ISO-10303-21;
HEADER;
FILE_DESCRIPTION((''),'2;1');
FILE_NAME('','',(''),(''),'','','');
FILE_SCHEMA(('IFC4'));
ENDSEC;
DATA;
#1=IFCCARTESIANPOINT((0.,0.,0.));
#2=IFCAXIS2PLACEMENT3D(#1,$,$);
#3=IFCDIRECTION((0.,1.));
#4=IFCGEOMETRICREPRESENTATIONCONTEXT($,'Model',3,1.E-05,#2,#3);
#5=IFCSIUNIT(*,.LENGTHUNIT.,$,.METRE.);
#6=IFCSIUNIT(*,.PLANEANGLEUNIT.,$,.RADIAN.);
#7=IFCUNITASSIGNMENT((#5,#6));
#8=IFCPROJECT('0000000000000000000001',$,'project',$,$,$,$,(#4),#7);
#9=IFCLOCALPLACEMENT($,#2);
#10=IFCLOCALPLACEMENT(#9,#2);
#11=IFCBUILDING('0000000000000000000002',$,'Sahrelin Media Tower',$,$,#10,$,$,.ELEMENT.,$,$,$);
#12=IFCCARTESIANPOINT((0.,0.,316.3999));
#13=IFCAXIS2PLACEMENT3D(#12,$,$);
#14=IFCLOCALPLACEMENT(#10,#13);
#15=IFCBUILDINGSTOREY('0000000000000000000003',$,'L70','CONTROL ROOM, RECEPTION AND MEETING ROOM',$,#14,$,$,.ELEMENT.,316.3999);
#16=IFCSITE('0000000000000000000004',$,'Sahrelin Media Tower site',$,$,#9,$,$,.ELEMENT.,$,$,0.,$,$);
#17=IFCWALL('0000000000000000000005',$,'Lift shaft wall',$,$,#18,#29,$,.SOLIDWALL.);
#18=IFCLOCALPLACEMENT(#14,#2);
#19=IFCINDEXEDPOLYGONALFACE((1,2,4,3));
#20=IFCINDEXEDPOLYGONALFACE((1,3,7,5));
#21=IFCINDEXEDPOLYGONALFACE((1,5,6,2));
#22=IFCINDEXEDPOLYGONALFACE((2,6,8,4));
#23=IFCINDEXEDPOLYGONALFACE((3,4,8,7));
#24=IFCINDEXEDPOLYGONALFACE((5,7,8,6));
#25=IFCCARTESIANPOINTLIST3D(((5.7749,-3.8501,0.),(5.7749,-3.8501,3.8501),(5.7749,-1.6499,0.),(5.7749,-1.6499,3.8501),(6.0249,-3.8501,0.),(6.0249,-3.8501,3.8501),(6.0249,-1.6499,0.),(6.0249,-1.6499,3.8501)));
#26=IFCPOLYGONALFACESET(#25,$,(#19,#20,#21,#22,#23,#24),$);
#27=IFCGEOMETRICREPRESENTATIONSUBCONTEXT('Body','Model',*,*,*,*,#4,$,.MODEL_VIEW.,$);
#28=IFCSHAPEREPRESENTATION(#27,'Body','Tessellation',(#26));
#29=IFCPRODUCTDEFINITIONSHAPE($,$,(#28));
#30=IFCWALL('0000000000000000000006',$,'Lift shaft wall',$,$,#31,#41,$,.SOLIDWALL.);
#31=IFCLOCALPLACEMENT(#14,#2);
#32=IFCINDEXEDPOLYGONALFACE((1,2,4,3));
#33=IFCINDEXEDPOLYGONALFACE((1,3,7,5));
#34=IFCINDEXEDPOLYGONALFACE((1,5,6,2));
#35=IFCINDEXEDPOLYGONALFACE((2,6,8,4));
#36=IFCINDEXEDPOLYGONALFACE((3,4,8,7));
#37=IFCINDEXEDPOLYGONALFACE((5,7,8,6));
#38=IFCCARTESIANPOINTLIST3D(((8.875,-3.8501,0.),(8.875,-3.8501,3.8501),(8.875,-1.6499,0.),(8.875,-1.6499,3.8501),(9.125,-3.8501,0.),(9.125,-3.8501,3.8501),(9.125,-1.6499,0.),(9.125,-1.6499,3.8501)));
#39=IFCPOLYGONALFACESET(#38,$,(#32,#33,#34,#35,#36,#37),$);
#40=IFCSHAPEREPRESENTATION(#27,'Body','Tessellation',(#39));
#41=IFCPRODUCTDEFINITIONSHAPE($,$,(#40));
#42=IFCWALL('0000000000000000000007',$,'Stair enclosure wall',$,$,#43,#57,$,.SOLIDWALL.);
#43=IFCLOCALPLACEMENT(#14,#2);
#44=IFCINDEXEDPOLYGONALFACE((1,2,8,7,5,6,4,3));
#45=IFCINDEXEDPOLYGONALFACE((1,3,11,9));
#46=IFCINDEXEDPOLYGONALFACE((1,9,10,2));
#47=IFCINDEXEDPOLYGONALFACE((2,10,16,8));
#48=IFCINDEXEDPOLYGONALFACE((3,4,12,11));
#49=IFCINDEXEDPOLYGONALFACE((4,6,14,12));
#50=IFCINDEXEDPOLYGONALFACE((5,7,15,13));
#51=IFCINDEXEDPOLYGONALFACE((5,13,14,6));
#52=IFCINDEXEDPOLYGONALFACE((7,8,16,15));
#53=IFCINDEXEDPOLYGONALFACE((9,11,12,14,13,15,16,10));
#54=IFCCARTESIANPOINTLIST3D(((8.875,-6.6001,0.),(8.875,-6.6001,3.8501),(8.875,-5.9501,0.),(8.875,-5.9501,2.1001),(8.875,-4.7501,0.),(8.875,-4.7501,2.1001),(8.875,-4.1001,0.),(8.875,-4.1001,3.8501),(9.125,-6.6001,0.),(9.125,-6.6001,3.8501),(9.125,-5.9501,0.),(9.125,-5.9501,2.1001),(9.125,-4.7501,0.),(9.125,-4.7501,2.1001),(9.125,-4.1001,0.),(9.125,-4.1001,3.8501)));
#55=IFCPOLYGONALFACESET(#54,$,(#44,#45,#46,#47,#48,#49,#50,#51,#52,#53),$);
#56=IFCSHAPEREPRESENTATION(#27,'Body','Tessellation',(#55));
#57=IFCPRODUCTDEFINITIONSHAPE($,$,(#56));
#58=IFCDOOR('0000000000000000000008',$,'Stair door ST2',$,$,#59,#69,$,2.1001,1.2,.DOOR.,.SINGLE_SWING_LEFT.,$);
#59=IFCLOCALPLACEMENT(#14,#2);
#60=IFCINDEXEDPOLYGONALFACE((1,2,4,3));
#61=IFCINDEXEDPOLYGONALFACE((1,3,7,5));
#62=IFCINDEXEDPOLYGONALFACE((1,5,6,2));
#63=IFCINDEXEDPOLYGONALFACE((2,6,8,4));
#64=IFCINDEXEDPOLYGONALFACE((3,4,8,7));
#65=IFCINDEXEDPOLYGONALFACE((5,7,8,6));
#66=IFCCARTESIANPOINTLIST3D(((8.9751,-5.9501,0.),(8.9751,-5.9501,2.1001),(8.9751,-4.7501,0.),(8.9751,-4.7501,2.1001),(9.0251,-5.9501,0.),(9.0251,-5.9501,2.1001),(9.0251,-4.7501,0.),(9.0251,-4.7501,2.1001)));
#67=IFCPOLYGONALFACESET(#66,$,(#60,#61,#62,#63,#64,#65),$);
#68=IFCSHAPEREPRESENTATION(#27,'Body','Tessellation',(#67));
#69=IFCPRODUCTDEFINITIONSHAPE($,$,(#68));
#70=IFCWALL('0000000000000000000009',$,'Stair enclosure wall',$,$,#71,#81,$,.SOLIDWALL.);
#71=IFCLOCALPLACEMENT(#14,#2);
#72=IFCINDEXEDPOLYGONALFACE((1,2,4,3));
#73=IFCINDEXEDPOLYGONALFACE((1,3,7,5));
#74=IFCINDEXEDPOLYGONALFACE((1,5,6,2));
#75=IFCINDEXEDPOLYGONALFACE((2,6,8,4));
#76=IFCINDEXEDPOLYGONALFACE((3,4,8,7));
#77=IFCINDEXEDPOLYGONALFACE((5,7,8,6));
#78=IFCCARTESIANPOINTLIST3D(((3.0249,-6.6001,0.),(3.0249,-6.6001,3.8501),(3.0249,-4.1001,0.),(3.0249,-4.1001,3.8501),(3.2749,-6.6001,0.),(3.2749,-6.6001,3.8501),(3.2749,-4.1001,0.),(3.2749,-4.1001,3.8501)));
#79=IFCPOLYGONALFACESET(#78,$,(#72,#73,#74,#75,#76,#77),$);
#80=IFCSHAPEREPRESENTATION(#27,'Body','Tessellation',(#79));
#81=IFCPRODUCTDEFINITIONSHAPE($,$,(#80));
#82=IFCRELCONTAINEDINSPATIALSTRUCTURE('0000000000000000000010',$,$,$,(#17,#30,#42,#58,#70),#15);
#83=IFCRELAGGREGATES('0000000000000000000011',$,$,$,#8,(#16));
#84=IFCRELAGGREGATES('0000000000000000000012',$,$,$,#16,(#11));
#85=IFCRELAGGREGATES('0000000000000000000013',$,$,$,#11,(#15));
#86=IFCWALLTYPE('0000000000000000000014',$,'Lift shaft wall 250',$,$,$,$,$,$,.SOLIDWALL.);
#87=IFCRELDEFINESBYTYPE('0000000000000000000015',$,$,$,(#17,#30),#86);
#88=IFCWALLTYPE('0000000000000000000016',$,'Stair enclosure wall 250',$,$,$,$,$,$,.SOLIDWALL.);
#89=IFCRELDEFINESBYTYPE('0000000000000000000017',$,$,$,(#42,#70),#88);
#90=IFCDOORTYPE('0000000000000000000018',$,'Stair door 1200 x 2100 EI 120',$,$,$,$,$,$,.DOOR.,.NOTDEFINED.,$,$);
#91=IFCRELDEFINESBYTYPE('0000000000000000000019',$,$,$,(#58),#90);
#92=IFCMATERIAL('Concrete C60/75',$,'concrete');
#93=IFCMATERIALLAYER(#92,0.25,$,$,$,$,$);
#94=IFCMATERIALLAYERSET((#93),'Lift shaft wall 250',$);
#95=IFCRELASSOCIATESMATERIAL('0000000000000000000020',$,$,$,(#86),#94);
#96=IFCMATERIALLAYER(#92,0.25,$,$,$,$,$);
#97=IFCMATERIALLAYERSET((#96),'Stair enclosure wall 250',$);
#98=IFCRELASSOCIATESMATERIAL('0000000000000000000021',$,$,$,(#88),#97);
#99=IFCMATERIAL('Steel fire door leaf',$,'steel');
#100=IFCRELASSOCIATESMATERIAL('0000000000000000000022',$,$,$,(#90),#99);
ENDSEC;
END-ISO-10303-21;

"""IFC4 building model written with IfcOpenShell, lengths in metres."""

from ifc_helpers import new_model, si_unit, direction, frame, frame_2d, origin, place, context, subcontext, project, spatial, rectangle, extrude, material, layer, layer_set, type_object, element, fill, save


model = new_model("IFC4")

# Units and contexts
model_context = context("Model", 3, precision=1e-05, world=origin(), true_north=direction((0.0, 1.0)))
body_context = subcontext(model_context, "Body", "Model", "MODEL_VIEW")
ifc_project = project(units=[si_unit("LENGTHUNIT", "METRE"), si_unit("PLANEANGLEUNIT", "RADIAN")], contexts=[model_context])

# Site, building, storey
site_placement = place(None, origin())
site = spatial("IfcSite", under=ifc_project, at=site_placement, Name="Sahrelin Media Tower site", CompositionType="ELEMENT", RefElevation=0.0)
building_placement = place(site_placement, origin())
building = spatial("IfcBuilding", under=site, at=building_placement, Name="Sahrelin Media Tower", CompositionType="ELEMENT")
storey_placement = place(building_placement, frame((0.0, 0.0, 316.3999)))
storey = spatial("IfcBuildingStorey", under=building, at=storey_placement, Name="L70", Description="CONTROL ROOM, RECEPTION AND MEETING ROOM", CompositionType="ELEMENT", Elevation=316.3999)

# Shared definitions
ifc_material_1 = material(Name="Concrete C60/75", Category="concrete")
ifc_material_2 = material(Name="Steel fire door leaf", Category="steel")

# Walls
ifc_layer_1 = layer(ifc_material_1, 0.25)
ifc_layer_set_1 = layer_set([ifc_layer_1], Name="Lift shaft wall 250")
wall_type_1 = type_object("IfcWallType", Name="Lift shaft wall 250", PredefinedType="SOLIDWALL", material=ifc_layer_set_1)
for number, where, z_axis, x_axis, name in (
    (1, (5.8999, -3.8501, 0.0), (0.0, 0.0, 1.0), (0.0, 1.0, 0.0), "Lift shaft wall"),
    (2, (9.0, -3.8501, 0.0), (0.0, 0.0, 1.0), (0.0, 1.0, 0.0), "Lift shaft wall"),
):
    element("IfcWall", number, at=place(storey_placement, frame(where, z_axis=z_axis, x_axis=x_axis)), inside=storey, type_object=wall_type_1, Name=name, PredefinedType="SOLIDWALL", context=body_context, shape_type="SweptSolid", body=[
        extrude(rectangle(XDim=2.2002, YDim=0.25, at=frame_2d((1.1001, 0.0))), origin(), (0.0, 0.0, 1.0), 3.8501),
    ])

# Wall, opening, door
ifc_layer_2 = layer(ifc_material_1, 0.25)
ifc_layer_set_2 = layer_set([ifc_layer_2], Name="Stair enclosure wall 250")
wall_type_2 = type_object("IfcWallType", Name="Stair enclosure wall 250", PredefinedType="SOLIDWALL", material=ifc_layer_set_2)
wall_1_placement = place(storey_placement, frame((9.0, -6.6001, 0.0), z_axis=(0.0, 0.0, 1.0), x_axis=(0.0, 1.0, 0.0)))
wall_1 = element("IfcWall", 3, at=wall_1_placement, inside=storey, type_object=wall_type_2, Name="Stair enclosure wall", PredefinedType="SOLIDWALL", context=body_context, shape_type="SweptSolid", body=[
    extrude(rectangle(XDim=2.5, YDim=0.25, at=frame_2d((1.25, 0.0))), origin(), (0.0, 0.0, 1.0), 3.8501),
])
opening_1_placement = place(wall_1_placement, frame((0.6499, 0.0, 0.0)))
opening_1 = element("IfcOpeningElement", 4, at=opening_1_placement, cuts=wall_1, PredefinedType="OPENING", context=body_context, shape_type="SweptSolid", body=[
    extrude(rectangle(XDim=1.2, YDim=2.1001, at=frame_2d((0.6001, 1.05))), frame((0.0, 0.125, 0.0), z_axis=(0.0, -1.0, 0.0), x_axis=(1.0, 0.0, 0.0)), (0.0, 0.0, 1.0), 0.25),
])
door_type_1 = type_object("IfcDoorType", Name="Stair door 1200 x 2100 EI 120", OperationType="NOTDEFINED", PredefinedType="DOOR", material=ifc_material_2)
door_1_placement = place(opening_1_placement, origin())
door_1 = element("IfcDoor", 5, at=door_1_placement, inside=storey, type_object=door_type_1, Name="Stair door ST2", OperationType="SINGLE_SWING_LEFT", OverallHeight=2.1001, OverallWidth=1.2, PredefinedType="DOOR", context=body_context, shape_type="SweptSolid", body=[
    extrude(rectangle(XDim=1.2, YDim=2.1001, at=frame_2d((0.6001, 1.05))), frame((0.0, 0.0249, 0.0), z_axis=(0.0, -1.0, 0.0), x_axis=(1.0, 0.0, 0.0)), (0.0, 0.0, 1.0), 0.05),
])
fill(opening_1, door_1)

# Wall
wall_2_placement = place(storey_placement, frame((3.1499, -6.6001, 0.0), z_axis=(0.0, 0.0, 1.0), x_axis=(0.0, 1.0, 0.0)))
element("IfcWall", 6, at=wall_2_placement, inside=storey, type_object=wall_type_2, Name="Stair enclosure wall", PredefinedType="SOLIDWALL", context=body_context, shape_type="SweptSolid", body=[
    extrude(rectangle(XDim=2.5, YDim=0.25, at=frame_2d((1.25, 0.0))), origin(), (0.0, 0.0, 1.0), 3.8501),
])

save(model, "model.ifc")
